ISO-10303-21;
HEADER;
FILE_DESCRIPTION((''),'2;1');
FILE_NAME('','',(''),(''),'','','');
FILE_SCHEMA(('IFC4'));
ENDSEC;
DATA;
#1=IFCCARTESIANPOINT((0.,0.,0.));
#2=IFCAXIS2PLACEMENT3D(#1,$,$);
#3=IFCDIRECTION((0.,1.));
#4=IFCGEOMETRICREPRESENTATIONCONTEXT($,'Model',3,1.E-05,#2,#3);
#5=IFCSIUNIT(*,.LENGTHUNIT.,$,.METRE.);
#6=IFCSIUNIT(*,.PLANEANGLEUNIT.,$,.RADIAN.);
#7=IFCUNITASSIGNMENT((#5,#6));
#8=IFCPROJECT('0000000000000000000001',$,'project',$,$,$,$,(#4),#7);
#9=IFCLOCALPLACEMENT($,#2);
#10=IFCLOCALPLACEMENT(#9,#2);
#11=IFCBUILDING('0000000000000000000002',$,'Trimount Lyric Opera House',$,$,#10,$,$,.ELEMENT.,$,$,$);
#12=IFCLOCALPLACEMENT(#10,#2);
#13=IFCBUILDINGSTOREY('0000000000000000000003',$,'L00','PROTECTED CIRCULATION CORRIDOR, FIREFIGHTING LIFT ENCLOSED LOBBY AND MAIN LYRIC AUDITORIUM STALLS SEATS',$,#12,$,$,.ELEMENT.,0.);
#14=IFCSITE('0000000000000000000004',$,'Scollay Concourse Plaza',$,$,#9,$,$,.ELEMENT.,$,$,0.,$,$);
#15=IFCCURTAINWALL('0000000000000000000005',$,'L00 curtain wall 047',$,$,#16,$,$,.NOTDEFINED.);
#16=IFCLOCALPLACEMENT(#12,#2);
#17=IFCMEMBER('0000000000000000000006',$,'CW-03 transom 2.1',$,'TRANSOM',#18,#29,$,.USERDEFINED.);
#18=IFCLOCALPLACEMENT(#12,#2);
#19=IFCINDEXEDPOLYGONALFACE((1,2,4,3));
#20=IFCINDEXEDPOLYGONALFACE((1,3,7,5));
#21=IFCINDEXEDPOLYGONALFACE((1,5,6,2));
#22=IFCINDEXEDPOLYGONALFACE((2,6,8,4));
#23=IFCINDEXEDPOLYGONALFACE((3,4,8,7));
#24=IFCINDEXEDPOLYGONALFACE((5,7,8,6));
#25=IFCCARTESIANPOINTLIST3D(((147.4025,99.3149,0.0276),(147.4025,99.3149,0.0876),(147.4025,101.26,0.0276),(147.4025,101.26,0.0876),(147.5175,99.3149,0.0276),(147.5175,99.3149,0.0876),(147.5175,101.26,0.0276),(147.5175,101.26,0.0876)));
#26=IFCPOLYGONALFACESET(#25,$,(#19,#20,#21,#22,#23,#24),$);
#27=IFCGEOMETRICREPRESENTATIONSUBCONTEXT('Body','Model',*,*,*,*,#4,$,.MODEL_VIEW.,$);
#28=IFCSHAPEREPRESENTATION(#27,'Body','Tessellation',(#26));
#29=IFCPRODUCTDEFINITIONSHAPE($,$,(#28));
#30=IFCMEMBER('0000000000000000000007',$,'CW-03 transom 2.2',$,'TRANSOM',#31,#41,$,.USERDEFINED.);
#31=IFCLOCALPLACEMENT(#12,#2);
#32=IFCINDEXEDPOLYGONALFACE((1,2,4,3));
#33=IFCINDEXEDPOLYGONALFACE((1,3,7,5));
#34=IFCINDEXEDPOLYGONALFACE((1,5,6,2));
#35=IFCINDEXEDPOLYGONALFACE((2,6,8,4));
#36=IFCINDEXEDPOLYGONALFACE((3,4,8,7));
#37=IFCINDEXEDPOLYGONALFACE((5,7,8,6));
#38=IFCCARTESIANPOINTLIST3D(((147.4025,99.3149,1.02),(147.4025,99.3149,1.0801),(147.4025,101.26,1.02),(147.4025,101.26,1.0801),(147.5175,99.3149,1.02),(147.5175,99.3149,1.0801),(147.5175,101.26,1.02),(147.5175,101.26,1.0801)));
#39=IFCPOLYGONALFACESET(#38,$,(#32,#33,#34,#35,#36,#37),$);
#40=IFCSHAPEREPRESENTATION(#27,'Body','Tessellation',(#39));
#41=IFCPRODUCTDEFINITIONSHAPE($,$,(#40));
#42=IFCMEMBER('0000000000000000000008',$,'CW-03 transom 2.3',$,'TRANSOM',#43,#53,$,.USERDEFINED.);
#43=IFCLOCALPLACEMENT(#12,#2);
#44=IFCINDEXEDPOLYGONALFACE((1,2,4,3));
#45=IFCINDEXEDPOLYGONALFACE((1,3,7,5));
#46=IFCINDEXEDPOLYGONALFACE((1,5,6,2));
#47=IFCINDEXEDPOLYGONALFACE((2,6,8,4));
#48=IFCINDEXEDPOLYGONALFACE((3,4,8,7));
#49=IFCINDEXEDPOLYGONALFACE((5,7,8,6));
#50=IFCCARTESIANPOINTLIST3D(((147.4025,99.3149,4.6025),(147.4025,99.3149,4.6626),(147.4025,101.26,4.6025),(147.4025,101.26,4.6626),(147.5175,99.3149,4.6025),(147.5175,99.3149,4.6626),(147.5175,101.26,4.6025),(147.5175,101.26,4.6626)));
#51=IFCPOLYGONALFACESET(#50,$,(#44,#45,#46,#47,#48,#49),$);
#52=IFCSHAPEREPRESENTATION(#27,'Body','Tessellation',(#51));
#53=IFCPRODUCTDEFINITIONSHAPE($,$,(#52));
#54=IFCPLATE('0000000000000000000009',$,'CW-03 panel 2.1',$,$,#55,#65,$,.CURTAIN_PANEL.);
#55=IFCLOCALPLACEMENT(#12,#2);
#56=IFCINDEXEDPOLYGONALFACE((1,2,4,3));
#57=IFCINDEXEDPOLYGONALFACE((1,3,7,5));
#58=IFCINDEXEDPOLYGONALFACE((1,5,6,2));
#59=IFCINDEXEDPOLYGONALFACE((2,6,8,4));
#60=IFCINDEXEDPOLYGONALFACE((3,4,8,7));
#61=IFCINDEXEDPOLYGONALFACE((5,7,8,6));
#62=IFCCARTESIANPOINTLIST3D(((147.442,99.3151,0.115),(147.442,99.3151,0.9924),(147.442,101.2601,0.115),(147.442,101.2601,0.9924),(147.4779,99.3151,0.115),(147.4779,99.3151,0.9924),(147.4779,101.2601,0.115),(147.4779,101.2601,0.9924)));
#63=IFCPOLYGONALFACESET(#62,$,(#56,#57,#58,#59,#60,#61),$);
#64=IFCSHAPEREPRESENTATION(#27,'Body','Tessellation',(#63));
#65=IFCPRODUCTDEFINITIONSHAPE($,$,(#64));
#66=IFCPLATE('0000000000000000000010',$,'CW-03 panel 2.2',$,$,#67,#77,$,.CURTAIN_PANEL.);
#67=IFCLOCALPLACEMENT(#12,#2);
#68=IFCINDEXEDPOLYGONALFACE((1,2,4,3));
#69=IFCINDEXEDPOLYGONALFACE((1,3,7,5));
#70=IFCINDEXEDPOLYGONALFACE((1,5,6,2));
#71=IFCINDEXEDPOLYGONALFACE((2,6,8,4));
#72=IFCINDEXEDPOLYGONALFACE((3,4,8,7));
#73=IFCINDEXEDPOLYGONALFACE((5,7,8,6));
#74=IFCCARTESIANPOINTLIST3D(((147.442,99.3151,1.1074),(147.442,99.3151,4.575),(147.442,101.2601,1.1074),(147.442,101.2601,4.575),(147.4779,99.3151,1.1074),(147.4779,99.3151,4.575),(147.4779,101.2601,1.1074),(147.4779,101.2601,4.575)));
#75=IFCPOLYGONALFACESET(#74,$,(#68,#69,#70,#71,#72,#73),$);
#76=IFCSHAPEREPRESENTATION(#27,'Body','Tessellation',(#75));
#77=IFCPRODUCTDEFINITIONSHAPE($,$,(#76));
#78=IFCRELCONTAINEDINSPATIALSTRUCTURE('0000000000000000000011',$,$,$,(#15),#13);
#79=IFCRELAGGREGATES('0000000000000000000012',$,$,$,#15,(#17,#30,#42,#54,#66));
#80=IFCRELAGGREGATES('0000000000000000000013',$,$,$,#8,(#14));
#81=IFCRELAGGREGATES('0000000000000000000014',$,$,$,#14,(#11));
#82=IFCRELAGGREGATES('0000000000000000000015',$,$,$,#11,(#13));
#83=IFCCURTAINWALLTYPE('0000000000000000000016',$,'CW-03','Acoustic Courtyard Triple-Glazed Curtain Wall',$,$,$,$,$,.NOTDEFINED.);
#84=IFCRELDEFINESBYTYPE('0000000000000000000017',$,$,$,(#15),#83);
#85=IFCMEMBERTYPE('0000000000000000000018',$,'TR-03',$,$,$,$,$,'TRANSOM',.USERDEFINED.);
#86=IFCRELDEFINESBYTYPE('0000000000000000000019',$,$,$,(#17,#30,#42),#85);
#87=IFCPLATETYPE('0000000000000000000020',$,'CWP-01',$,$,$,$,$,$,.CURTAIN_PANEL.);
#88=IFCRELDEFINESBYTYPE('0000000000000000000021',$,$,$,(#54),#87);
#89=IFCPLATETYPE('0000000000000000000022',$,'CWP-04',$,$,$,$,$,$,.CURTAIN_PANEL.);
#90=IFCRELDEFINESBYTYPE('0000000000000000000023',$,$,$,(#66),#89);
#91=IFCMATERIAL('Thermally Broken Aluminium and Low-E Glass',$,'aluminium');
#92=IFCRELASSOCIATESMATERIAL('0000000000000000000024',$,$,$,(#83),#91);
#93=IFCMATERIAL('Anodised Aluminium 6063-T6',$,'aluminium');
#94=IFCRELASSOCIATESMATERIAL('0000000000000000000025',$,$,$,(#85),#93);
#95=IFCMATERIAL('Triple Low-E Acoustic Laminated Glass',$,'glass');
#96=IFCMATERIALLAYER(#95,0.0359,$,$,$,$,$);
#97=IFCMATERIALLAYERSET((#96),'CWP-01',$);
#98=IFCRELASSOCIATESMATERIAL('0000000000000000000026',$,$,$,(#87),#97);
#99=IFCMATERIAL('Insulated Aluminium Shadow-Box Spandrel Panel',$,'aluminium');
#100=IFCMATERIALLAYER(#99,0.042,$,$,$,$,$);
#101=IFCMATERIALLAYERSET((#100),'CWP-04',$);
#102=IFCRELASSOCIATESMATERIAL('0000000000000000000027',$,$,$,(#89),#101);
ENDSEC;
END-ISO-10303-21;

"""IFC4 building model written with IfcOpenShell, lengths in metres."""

from ifc_helpers import new_model, si_unit, direction, frame, origin, origin_2d, place, context, subcontext, project, spatial, rectangle, extrude, material, layer, layer_set, material_profile, profile_set, type_object, element, aggregate, save


model = new_model("IFC4")

# Units and contexts
model_context = context("Model", 3, precision=1e-05, world=origin(), true_north=direction((0.0, 1.0)))
body_context = subcontext(model_context, "Body", "Model", "MODEL_VIEW")
ifc_project = project(units=[si_unit("LENGTHUNIT", "METRE"), si_unit("PLANEANGLEUNIT", "RADIAN")], contexts=[model_context])

# Site, building, storey
site_placement = place(None, origin())
site = spatial("IfcSite", under=ifc_project, at=site_placement, Name="Scollay Concourse Plaza", CompositionType="ELEMENT", RefElevation=0.0)
building_placement = place(site_placement, origin())
building = spatial("IfcBuilding", under=site, at=building_placement, Name="Trimount Lyric Opera House", CompositionType="ELEMENT")
storey_placement = place(building_placement, origin())
storey = spatial("IfcBuildingStorey", under=building, at=storey_placement, Name="L00", Description="PROTECTED CIRCULATION CORRIDOR, FIREFIGHTING LIFT ENCLOSED LOBBY AND MAIN LYRIC AUDITORIUM STALLS SEATS", CompositionType="ELEMENT", Elevation=0.0)

# Curtain wall
ifc_material_1 = material(Name="Thermally Broken Aluminium and Low-E Glass", Category="aluminium")
curtain_wall_type = type_object("IfcCurtainWallType", Name="CW-03", Description="Acoustic Courtyard Triple-Glazed Curtain Wall", PredefinedType="NOTDEFINED", material=ifc_material_1)
curtain_wall_placement = place(storey_placement, origin())
curtain_wall = element("IfcCurtainWall", 1, at=curtain_wall_placement, inside=storey, type_object=curtain_wall_type, Name="L00 curtain wall 047", PredefinedType="NOTDEFINED")

# Members
ifc_material_2 = material(Name="Anodised Aluminium 6063-T6", Category="aluminium")
ifc_material_profile_1 = material_profile(ifc_material_2, rectangle(XDim=0.115, YDim=0.0601, at=origin_2d()), Name="ALU-TRAN-60X115")
ifc_profile_set_1 = profile_set([ifc_material_profile_1], Name="Anodised Aluminium 6063-T6")
member_type_1 = type_object("IfcMemberType", Name="TR-03", ElementType="TRANSOM", PredefinedType="USERDEFINED", material=ifc_profile_set_1)
member_1_placement = place(storey_placement, frame((147.46, 99.3149, 0.0576), z_axis=(0.0, 1.0, 0.0), x_axis=(-1.0, 0.0, 0.0)))
member_1 = element("IfcMember", 2, at=member_1_placement, type_object=member_type_1, Name="CW-03 transom 2.1", ObjectType="TRANSOM", PredefinedType="USERDEFINED", context=body_context, shape_type="SweptSolid", body=[
    extrude(rectangle(XDim=0.115, YDim=0.0601, at=origin_2d()), origin(), (0.0, 0.0, 1.0), 1.9451),
])
member_2_placement = place(storey_placement, frame((147.46, 99.3149, 1.05), z_axis=(0.0, 1.0, 0.0), x_axis=(-1.0, 0.0, 0.0)))
member_2 = element("IfcMember", 3, at=member_2_placement, type_object=member_type_1, Name="CW-03 transom 2.2", ObjectType="TRANSOM", PredefinedType="USERDEFINED", context=body_context, shape_type="SweptSolid", body=[
    extrude(rectangle(XDim=0.115, YDim=0.0601, at=origin_2d()), origin(), (0.0, 0.0, 1.0), 1.9451),
])
member_3_placement = place(storey_placement, frame((147.46, 99.3149, 4.6326), z_axis=(0.0, 1.0, 0.0), x_axis=(-1.0, 0.0, 0.0)))
member_3 = element("IfcMember", 4, at=member_3_placement, type_object=member_type_1, Name="CW-03 transom 2.3", ObjectType="TRANSOM", PredefinedType="USERDEFINED", context=body_context, shape_type="SweptSolid", body=[
    extrude(rectangle(XDim=0.115, YDim=0.0601, at=origin_2d()), origin(), (0.0, 0.0, 1.0), 1.9451),
])

# Plates
ifc_material_3 = material(Name="Triple Low-E Acoustic Laminated Glass", Category="glass")
ifc_layer_1 = layer(ifc_material_3, 0.0359)
ifc_layer_set_1 = layer_set([ifc_layer_1], Name="CWP-01")
plate_type_1 = type_object("IfcPlateType", Name="CWP-01", PredefinedType="CURTAIN_PANEL", material=ifc_layer_set_1)
plate_1_placement = place(storey_placement, frame((147.46, 100.2876, 0.115), z_axis=(0.0, 0.0, 1.0), x_axis=(0.0, 1.0, 0.0)))
plate_1 = element("IfcPlate", 5, at=plate_1_placement, type_object=plate_type_1, Name="CW-03 panel 2.1", PredefinedType="CURTAIN_PANEL", context=body_context, shape_type="SweptSolid", body=[
    extrude(rectangle(XDim=1.9451, YDim=0.0359, at=origin_2d()), origin(), (0.0, 0.0, 1.0), 0.8774),
])
ifc_material_4 = material(Name="Insulated Aluminium Shadow-Box Spandrel Panel", Category="aluminium")
ifc_layer_2 = layer(ifc_material_4, 0.042)
ifc_layer_set_2 = layer_set([ifc_layer_2], Name="CWP-04")
plate_type_2 = type_object("IfcPlateType", Name="CWP-04", PredefinedType="CURTAIN_PANEL", material=ifc_layer_set_2)
plate_2_placement = place(storey_placement, frame((147.46, 100.2876, 1.1074), z_axis=(0.0, 0.0, 1.0), x_axis=(0.0, 1.0, 0.0)))
plate_2 = element("IfcPlate", 6, at=plate_2_placement, type_object=plate_type_2, Name="CW-03 panel 2.2", PredefinedType="CURTAIN_PANEL", context=body_context, shape_type="SweptSolid", body=[
    extrude(rectangle(XDim=1.9451, YDim=0.0359, at=origin_2d()), origin(), (0.0, 0.0, 1.0), 3.4675),
])
aggregate(curtain_wall, [member_1, member_2, member_3, plate_1, plate_2])

save(model, "model.ifc")
